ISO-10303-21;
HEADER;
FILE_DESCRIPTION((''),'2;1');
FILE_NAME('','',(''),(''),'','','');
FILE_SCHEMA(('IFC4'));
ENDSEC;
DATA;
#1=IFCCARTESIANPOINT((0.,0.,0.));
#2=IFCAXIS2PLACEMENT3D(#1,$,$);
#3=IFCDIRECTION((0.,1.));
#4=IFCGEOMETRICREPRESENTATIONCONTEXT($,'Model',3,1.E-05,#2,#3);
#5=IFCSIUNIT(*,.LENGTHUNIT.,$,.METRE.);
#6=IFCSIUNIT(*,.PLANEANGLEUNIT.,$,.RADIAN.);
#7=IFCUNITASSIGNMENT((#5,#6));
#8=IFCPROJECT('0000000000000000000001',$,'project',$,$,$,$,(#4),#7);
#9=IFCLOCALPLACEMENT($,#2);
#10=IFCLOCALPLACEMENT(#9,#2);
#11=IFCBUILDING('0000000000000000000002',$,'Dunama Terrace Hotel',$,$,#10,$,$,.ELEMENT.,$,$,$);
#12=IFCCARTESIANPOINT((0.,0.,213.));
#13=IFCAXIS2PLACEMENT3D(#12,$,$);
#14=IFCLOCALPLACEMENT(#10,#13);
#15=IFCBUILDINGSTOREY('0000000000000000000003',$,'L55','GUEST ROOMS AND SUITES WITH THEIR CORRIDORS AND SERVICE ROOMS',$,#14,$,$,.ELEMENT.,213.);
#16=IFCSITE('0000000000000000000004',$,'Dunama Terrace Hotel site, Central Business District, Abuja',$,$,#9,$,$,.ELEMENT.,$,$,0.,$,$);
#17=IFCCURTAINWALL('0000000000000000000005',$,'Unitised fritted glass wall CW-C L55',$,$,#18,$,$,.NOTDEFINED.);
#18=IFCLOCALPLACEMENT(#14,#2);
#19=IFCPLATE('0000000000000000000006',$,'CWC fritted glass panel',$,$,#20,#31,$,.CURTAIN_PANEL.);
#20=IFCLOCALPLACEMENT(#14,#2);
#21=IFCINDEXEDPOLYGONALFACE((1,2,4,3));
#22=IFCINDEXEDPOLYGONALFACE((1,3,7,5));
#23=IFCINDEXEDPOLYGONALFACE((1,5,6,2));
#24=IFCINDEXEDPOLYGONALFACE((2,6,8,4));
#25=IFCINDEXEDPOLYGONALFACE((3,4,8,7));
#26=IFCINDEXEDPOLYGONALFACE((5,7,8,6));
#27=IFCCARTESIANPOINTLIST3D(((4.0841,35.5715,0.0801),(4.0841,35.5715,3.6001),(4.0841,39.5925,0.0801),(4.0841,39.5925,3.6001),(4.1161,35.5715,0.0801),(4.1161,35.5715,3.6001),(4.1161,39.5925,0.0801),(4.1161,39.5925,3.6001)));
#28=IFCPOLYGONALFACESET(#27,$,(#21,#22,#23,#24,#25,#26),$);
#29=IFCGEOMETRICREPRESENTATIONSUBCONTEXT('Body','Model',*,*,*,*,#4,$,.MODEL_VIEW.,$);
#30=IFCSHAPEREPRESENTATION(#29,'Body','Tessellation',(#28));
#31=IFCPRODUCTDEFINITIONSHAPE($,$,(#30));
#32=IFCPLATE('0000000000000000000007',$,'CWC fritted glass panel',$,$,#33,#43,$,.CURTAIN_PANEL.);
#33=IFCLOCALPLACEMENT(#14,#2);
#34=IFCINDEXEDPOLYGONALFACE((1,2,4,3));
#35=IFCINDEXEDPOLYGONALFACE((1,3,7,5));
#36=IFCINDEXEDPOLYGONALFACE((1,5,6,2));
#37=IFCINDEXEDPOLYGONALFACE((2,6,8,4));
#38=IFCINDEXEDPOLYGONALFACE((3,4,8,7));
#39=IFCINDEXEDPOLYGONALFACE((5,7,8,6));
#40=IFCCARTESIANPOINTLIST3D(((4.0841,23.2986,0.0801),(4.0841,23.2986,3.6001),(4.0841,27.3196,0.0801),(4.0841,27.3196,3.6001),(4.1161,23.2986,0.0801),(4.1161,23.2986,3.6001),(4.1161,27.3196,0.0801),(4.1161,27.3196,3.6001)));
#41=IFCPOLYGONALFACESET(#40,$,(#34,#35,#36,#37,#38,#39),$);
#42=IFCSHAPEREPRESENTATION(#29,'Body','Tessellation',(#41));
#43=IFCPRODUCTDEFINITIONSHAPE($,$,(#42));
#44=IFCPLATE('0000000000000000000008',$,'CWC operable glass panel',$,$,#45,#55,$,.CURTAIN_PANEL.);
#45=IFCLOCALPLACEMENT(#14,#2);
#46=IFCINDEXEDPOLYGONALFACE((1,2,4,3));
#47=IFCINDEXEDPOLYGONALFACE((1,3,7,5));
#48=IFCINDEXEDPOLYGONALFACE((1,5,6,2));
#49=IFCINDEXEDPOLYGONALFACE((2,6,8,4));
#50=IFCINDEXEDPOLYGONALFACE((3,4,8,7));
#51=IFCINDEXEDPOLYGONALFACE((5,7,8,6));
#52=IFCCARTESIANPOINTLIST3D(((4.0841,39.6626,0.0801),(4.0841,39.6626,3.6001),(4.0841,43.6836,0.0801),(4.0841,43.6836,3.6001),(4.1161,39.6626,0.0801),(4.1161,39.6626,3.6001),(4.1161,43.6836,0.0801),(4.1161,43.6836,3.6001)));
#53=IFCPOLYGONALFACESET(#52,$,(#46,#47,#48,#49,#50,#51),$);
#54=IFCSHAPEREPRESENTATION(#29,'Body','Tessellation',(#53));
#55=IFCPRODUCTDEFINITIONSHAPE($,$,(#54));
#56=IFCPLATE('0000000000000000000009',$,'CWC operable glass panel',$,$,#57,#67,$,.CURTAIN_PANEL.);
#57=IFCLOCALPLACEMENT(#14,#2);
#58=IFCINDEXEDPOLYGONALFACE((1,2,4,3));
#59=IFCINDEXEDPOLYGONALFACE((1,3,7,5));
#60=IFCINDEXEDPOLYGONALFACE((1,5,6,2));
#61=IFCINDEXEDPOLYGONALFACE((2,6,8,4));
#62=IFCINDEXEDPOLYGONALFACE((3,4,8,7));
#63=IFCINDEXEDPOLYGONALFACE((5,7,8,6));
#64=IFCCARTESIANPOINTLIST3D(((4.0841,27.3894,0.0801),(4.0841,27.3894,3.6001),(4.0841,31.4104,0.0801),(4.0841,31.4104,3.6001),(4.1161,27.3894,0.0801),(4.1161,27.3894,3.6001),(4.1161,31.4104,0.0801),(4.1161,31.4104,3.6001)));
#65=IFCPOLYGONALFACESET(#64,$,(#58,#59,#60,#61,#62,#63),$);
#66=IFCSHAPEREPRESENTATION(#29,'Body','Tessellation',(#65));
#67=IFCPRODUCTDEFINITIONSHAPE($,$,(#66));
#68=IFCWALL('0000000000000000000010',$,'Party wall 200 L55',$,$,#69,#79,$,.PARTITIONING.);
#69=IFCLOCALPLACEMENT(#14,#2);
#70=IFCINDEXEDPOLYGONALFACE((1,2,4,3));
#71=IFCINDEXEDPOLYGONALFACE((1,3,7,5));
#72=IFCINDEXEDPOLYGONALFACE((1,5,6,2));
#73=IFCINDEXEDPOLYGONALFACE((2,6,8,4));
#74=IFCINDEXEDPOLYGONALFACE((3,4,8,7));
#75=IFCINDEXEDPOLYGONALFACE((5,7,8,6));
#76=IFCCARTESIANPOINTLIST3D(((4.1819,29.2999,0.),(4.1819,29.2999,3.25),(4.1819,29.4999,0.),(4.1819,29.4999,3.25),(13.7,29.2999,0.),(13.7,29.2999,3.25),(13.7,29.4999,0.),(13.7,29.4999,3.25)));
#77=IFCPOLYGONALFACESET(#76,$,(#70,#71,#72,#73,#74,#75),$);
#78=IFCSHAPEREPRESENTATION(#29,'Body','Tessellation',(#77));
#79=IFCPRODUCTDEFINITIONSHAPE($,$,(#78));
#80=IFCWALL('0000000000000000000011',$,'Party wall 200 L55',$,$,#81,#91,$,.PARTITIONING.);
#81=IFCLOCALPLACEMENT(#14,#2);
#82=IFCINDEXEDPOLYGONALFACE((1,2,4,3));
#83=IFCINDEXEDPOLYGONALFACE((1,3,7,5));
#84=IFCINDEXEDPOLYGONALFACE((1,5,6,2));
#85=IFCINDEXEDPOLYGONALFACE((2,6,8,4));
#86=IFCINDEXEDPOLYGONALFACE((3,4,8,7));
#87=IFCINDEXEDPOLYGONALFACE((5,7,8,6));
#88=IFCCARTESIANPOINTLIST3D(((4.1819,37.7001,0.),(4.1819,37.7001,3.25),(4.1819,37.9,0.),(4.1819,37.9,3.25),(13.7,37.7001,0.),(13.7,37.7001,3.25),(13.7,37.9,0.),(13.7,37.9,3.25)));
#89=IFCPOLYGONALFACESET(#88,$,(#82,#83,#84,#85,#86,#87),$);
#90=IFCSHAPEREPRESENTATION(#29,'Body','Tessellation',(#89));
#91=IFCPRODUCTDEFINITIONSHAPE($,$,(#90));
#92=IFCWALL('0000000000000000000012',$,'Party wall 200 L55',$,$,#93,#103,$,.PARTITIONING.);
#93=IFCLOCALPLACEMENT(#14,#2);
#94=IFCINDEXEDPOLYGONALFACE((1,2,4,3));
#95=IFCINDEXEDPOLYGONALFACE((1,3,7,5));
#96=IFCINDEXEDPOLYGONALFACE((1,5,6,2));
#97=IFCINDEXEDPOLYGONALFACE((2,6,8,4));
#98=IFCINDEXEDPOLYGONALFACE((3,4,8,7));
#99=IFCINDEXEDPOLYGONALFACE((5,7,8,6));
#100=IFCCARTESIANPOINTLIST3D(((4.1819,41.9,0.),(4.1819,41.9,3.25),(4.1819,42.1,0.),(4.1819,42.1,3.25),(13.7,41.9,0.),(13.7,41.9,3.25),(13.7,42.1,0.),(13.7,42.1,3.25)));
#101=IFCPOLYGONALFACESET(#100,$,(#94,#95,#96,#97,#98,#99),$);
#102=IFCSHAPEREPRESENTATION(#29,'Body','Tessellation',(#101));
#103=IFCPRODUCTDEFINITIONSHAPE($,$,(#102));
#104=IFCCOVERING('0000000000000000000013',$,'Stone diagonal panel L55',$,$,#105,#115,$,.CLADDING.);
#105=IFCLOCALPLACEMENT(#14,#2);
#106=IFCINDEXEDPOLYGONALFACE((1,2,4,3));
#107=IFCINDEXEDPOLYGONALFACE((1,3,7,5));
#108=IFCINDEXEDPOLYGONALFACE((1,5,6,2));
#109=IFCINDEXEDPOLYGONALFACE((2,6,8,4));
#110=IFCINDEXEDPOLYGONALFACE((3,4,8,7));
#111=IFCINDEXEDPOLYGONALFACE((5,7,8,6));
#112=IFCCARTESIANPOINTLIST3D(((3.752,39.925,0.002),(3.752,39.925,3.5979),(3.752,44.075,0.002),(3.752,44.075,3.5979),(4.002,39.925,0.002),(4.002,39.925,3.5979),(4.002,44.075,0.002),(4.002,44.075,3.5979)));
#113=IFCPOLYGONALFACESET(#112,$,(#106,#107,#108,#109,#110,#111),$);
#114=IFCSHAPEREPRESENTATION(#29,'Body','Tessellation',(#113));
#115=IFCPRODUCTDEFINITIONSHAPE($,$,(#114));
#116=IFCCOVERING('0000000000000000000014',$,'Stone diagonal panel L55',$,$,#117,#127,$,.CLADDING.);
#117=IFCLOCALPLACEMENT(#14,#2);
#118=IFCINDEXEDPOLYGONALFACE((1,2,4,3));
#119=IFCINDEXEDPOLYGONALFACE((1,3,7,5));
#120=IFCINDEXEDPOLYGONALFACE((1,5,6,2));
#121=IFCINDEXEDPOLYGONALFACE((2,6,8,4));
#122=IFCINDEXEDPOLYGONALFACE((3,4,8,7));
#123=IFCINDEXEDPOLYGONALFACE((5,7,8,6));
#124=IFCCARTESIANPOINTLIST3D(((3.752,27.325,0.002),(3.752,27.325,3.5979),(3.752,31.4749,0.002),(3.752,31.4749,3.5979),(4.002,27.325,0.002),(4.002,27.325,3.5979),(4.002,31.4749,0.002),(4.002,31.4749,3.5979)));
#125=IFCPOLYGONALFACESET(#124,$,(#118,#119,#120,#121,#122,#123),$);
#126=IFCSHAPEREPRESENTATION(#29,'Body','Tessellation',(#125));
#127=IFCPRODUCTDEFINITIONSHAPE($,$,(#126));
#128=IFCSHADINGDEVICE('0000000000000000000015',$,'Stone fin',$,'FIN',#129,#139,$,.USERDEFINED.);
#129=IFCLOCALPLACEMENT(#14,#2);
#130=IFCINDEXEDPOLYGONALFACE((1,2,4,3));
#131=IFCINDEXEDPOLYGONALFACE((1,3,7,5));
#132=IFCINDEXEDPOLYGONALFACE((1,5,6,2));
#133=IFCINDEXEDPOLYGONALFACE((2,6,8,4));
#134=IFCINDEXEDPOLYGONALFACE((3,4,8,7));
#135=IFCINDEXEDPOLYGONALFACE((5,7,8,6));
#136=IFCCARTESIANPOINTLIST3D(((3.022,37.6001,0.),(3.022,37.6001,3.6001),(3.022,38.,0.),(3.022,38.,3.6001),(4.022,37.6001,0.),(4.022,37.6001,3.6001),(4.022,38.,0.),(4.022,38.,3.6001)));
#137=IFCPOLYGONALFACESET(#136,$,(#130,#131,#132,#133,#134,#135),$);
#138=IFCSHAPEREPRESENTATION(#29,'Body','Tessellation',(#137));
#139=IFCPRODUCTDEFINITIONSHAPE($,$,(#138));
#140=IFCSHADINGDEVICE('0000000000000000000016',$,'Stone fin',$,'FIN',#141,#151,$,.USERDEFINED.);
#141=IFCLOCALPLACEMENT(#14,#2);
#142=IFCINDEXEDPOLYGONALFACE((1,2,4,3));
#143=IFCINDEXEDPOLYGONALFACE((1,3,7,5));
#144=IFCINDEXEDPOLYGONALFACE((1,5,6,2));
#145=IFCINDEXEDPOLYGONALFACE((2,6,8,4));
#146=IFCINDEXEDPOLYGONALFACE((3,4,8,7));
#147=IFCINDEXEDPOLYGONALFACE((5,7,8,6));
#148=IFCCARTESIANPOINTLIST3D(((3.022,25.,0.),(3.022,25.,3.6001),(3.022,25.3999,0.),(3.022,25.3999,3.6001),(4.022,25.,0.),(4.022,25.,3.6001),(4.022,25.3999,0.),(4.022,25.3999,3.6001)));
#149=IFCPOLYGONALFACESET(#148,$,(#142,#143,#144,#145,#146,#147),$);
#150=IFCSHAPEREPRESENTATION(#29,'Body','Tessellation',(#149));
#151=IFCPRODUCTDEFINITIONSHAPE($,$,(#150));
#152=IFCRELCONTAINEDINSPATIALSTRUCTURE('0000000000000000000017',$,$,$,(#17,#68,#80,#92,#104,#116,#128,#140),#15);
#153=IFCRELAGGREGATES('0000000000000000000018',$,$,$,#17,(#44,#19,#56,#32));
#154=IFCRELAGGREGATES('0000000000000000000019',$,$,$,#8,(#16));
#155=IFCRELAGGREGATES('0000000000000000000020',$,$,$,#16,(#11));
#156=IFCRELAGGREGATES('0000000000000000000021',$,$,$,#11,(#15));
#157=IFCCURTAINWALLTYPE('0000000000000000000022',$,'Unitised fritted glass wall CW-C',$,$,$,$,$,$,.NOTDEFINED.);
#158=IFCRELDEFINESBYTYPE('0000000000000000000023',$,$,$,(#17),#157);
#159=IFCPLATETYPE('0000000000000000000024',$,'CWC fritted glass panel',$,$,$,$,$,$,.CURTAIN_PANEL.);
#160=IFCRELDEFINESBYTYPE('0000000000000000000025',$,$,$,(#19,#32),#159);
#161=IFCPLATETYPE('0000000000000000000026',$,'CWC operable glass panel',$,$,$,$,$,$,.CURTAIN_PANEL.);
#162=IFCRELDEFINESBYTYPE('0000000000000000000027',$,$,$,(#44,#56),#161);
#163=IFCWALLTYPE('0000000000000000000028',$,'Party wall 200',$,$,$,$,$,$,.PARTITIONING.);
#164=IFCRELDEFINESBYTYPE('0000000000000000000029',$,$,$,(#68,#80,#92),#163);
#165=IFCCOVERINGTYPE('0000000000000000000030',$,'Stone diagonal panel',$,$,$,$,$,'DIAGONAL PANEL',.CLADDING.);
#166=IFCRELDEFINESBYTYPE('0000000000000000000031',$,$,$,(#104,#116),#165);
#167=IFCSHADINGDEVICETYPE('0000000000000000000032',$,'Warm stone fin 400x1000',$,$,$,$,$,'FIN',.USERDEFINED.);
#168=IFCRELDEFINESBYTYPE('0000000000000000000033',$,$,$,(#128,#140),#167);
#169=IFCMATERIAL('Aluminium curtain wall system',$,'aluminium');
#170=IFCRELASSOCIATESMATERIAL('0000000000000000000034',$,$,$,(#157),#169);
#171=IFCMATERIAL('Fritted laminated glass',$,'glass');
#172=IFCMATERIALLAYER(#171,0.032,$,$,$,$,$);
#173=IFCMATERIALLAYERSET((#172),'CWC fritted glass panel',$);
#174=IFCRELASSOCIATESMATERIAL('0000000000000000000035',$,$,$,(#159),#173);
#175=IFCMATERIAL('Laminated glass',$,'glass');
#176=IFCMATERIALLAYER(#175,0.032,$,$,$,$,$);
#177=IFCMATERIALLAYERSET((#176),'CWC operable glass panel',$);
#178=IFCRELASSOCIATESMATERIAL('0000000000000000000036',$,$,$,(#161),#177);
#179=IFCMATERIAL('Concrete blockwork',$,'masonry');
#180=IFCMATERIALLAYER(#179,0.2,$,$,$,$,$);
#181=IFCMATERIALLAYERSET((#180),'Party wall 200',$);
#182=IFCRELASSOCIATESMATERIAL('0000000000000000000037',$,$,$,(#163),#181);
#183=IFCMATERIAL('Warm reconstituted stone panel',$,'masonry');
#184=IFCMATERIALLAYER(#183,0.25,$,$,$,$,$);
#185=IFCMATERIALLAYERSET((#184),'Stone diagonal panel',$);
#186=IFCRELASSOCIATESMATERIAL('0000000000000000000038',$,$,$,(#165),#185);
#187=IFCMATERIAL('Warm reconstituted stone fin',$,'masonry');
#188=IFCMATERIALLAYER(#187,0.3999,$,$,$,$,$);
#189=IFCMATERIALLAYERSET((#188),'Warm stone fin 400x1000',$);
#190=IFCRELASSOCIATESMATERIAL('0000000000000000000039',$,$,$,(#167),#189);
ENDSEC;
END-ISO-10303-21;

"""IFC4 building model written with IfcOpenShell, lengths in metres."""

from ifc_helpers import new_model, si_unit, direction, frame, frame_2d, origin, origin_2d, place, context, subcontext, project, spatial, rectangle, extrude, material, layer, layer_set, type_object, element, aggregate, save


model = new_model("IFC4")

# Units and contexts
model_context = context("Model", 3, precision=1e-05, world=origin(), true_north=direction((0.0, 1.0)))
body_context = subcontext(model_context, "Body", "Model", "MODEL_VIEW")
ifc_project = project(units=[si_unit("LENGTHUNIT", "METRE"), si_unit("PLANEANGLEUNIT", "RADIAN")], contexts=[model_context])

# Site, building, storey
site_placement = place(None, origin())
site = spatial("IfcSite", under=ifc_project, at=site_placement, Name="Dunama Terrace Hotel site, Central Business District, Abuja", CompositionType="ELEMENT", RefElevation=0.0)
building_placement = place(site_placement, origin())
building = spatial("IfcBuilding", under=site, at=building_placement, Name="Dunama Terrace Hotel", CompositionType="ELEMENT")
storey_placement = place(building_placement, frame((0.0, 0.0, 213.0)))
storey = spatial("IfcBuildingStorey", under=building, at=storey_placement, Name="L55", Description="GUEST ROOMS AND SUITES WITH THEIR CORRIDORS AND SERVICE ROOMS", CompositionType="ELEMENT", Elevation=213.0)

# Curtain wall
ifc_material_1 = material(Name="Aluminium curtain wall system", Category="aluminium")
curtain_wall_type = type_object("IfcCurtainWallType", Name="Unitised fritted glass wall CW-C", PredefinedType="NOTDEFINED", material=ifc_material_1)
curtain_wall_placement = place(storey_placement, origin())
curtain_wall = element("IfcCurtainWall", 1, at=curtain_wall_placement, inside=storey, type_object=curtain_wall_type, Name="Unitised fritted glass wall CW-C L55", PredefinedType="NOTDEFINED")

# Plates
ifc_material_2 = material(Name="Fritted laminated glass", Category="glass")
ifc_layer_1 = layer(ifc_material_2, 0.032)
ifc_layer_set_1 = layer_set([ifc_layer_1], Name="CWC fritted glass panel")
plate_type_1 = type_object("IfcPlateType", Name="CWC fritted glass panel", PredefinedType="CURTAIN_PANEL", material=ifc_layer_set_1)
plate_1_placement = place(storey_placement, frame((4.1001, 37.582, 0.0801), z_axis=(0.0, 0.0, 1.0), x_axis=(0.0, -1.0, 0.0)))
plate_1 = element("IfcPlate", 2, at=plate_1_placement, type_object=plate_type_1, Name="CWC fritted glass panel", PredefinedType="CURTAIN_PANEL", context=body_context, shape_type="SweptSolid", body=[
    extrude(rectangle(XDim=4.021, YDim=0.032, at=origin_2d()), origin(), (0.0, 0.0, 1.0), 3.52),
])
plate_2_placement = place(storey_placement, frame((4.1001, 25.3091, 0.0801), z_axis=(0.0, 0.0, 1.0), x_axis=(0.0, -1.0, 0.0)))
plate_2 = element("IfcPlate", 3, at=plate_2_placement, type_object=plate_type_1, Name="CWC fritted glass panel", PredefinedType="CURTAIN_PANEL", context=body_context, shape_type="SweptSolid", body=[
    extrude(rectangle(XDim=4.021, YDim=0.032, at=origin_2d()), origin(), (0.0, 0.0, 1.0), 3.52),
])
ifc_material_3 = material(Name="Laminated glass", Category="glass")
ifc_layer_2 = layer(ifc_material_3, 0.032)
ifc_layer_set_2 = layer_set([ifc_layer_2], Name="CWC operable glass panel")
plate_type_2 = type_object("IfcPlateType", Name="CWC operable glass panel", PredefinedType="CURTAIN_PANEL", material=ifc_layer_set_2)
plate_3_placement = place(storey_placement, frame((4.1001, 41.6731, 0.0801), z_axis=(0.0, 0.0, 1.0), x_axis=(0.0, -1.0, 0.0)))
plate_3 = element("IfcPlate", 4, at=plate_3_placement, type_object=plate_type_2, Name="CWC operable glass panel", PredefinedType="CURTAIN_PANEL", context=body_context, shape_type="SweptSolid", body=[
    extrude(rectangle(XDim=4.021, YDim=0.032, at=origin_2d()), origin(), (0.0, 0.0, 1.0), 3.52),
])
plate_4_placement = place(storey_placement, frame((4.1001, 29.3999, 0.0801), z_axis=(0.0, 0.0, 1.0), x_axis=(0.0, -1.0, 0.0)))
plate_4 = element("IfcPlate", 5, at=plate_4_placement, type_object=plate_type_2, Name="CWC operable glass panel", PredefinedType="CURTAIN_PANEL", context=body_context, shape_type="SweptSolid", body=[
    extrude(rectangle(XDim=4.021, YDim=0.032, at=origin_2d()), origin(), (0.0, 0.0, 1.0), 3.52),
])
aggregate(curtain_wall, [plate_3, plate_1, plate_4, plate_2])

# Walls
ifc_material_4 = material(Name="Concrete blockwork", Category="masonry")
ifc_layer_3 = layer(ifc_material_4, 0.2)
ifc_layer_set_3 = layer_set([ifc_layer_3], Name="Party wall 200")
wall_type = type_object("IfcWallType", Name="Party wall 200", PredefinedType="PARTITIONING", material=ifc_layer_set_3)
for number, where, z_axis, x_axis, name in (
    (6, (4.1819, 29.3999, 0.0), (0.0, 0.0, 1.0), (1.0, 0.0, 0.0), "Party wall 200 L55"),
    (7, (4.1819, 37.8, 0.0), (0.0, 0.0, 1.0), (1.0, 0.0, 0.0), "Party wall 200 L55"),
    (8, (4.1819, 42.0, 0.0), (0.0, 0.0, 1.0), (1.0, 0.0, 0.0), "Party wall 200 L55"),
):
    element("IfcWall", number, at=place(storey_placement, frame(where, z_axis=z_axis, x_axis=x_axis)), inside=storey, type_object=wall_type, Name=name, PredefinedType="PARTITIONING", context=body_context, shape_type="SweptSolid", body=[
        extrude(rectangle(XDim=9.5181, YDim=0.2, at=frame_2d((4.759, 0.0))), origin(), (0.0, 0.0, 1.0), 3.25),
    ])

# Coverings
ifc_material_5 = material(Name="Warm reconstituted stone panel", Category="masonry")
ifc_layer_4 = layer(ifc_material_5, 0.25)
ifc_layer_set_4 = layer_set([ifc_layer_4], Name="Stone diagonal panel")
covering_type = type_object("IfcCoveringType", Name="Stone diagonal panel", ElementType="DIAGONAL PANEL", PredefinedType="CLADDING", material=ifc_layer_set_4)
for number, where, z_axis, x_axis, name in (
    (9, (3.877, 42.0, 0.002), (0.0, 0.0, 1.0), (0.0, -1.0, 0.0), "Stone diagonal panel L55"),
    (10, (3.877, 29.3999, 0.002), (0.0, 0.0, 1.0), (0.0, -1.0, 0.0), "Stone diagonal panel L55"),
):
    element("IfcCovering", number, at=place(storey_placement, frame(where, z_axis=z_axis, x_axis=x_axis)), inside=storey, type_object=covering_type, Name=name, PredefinedType="CLADDING", context=body_context, shape_type="SweptSolid", body=[
        extrude(rectangle(XDim=4.1499, YDim=0.25, at=origin_2d()), origin(), (0.0, 0.0, 1.0), 3.5959),
    ])

# Shading devices
ifc_material_6 = material(Name="Warm reconstituted stone fin", Category="masonry")
ifc_layer_5 = layer(ifc_material_6, 0.3999)
ifc_layer_set_5 = layer_set([ifc_layer_5], Name="Warm stone fin 400x1000")
shading_device_type = type_object("IfcShadingDeviceType", Name="Warm stone fin 400x1000", ElementType="FIN", PredefinedType="USERDEFINED", material=ifc_layer_set_5)
for number, where, z_axis, x_axis, name in (
    (11, (3.522, 37.8, 0.0), (0.0, 0.0, 1.0), (0.0, -1.0, 0.0), "Stone fin"),
    (12, (3.522, 25.2, 0.0), (0.0, 0.0, 1.0), (0.0, -1.0, 0.0), "Stone fin"),
):
    element("IfcShadingDevice", number, at=place(storey_placement, frame(where, z_axis=z_axis, x_axis=x_axis)), inside=storey, type_object=shading_device_type, Name=name, ObjectType="FIN", PredefinedType="USERDEFINED", context=body_context, shape_type="SweptSolid", body=[
        extrude(rectangle(XDim=0.3999, YDim=1.0, at=origin_2d()), origin(), (0.0, 0.0, 1.0), 3.6001),
    ])

save(model, "model.ifc")
